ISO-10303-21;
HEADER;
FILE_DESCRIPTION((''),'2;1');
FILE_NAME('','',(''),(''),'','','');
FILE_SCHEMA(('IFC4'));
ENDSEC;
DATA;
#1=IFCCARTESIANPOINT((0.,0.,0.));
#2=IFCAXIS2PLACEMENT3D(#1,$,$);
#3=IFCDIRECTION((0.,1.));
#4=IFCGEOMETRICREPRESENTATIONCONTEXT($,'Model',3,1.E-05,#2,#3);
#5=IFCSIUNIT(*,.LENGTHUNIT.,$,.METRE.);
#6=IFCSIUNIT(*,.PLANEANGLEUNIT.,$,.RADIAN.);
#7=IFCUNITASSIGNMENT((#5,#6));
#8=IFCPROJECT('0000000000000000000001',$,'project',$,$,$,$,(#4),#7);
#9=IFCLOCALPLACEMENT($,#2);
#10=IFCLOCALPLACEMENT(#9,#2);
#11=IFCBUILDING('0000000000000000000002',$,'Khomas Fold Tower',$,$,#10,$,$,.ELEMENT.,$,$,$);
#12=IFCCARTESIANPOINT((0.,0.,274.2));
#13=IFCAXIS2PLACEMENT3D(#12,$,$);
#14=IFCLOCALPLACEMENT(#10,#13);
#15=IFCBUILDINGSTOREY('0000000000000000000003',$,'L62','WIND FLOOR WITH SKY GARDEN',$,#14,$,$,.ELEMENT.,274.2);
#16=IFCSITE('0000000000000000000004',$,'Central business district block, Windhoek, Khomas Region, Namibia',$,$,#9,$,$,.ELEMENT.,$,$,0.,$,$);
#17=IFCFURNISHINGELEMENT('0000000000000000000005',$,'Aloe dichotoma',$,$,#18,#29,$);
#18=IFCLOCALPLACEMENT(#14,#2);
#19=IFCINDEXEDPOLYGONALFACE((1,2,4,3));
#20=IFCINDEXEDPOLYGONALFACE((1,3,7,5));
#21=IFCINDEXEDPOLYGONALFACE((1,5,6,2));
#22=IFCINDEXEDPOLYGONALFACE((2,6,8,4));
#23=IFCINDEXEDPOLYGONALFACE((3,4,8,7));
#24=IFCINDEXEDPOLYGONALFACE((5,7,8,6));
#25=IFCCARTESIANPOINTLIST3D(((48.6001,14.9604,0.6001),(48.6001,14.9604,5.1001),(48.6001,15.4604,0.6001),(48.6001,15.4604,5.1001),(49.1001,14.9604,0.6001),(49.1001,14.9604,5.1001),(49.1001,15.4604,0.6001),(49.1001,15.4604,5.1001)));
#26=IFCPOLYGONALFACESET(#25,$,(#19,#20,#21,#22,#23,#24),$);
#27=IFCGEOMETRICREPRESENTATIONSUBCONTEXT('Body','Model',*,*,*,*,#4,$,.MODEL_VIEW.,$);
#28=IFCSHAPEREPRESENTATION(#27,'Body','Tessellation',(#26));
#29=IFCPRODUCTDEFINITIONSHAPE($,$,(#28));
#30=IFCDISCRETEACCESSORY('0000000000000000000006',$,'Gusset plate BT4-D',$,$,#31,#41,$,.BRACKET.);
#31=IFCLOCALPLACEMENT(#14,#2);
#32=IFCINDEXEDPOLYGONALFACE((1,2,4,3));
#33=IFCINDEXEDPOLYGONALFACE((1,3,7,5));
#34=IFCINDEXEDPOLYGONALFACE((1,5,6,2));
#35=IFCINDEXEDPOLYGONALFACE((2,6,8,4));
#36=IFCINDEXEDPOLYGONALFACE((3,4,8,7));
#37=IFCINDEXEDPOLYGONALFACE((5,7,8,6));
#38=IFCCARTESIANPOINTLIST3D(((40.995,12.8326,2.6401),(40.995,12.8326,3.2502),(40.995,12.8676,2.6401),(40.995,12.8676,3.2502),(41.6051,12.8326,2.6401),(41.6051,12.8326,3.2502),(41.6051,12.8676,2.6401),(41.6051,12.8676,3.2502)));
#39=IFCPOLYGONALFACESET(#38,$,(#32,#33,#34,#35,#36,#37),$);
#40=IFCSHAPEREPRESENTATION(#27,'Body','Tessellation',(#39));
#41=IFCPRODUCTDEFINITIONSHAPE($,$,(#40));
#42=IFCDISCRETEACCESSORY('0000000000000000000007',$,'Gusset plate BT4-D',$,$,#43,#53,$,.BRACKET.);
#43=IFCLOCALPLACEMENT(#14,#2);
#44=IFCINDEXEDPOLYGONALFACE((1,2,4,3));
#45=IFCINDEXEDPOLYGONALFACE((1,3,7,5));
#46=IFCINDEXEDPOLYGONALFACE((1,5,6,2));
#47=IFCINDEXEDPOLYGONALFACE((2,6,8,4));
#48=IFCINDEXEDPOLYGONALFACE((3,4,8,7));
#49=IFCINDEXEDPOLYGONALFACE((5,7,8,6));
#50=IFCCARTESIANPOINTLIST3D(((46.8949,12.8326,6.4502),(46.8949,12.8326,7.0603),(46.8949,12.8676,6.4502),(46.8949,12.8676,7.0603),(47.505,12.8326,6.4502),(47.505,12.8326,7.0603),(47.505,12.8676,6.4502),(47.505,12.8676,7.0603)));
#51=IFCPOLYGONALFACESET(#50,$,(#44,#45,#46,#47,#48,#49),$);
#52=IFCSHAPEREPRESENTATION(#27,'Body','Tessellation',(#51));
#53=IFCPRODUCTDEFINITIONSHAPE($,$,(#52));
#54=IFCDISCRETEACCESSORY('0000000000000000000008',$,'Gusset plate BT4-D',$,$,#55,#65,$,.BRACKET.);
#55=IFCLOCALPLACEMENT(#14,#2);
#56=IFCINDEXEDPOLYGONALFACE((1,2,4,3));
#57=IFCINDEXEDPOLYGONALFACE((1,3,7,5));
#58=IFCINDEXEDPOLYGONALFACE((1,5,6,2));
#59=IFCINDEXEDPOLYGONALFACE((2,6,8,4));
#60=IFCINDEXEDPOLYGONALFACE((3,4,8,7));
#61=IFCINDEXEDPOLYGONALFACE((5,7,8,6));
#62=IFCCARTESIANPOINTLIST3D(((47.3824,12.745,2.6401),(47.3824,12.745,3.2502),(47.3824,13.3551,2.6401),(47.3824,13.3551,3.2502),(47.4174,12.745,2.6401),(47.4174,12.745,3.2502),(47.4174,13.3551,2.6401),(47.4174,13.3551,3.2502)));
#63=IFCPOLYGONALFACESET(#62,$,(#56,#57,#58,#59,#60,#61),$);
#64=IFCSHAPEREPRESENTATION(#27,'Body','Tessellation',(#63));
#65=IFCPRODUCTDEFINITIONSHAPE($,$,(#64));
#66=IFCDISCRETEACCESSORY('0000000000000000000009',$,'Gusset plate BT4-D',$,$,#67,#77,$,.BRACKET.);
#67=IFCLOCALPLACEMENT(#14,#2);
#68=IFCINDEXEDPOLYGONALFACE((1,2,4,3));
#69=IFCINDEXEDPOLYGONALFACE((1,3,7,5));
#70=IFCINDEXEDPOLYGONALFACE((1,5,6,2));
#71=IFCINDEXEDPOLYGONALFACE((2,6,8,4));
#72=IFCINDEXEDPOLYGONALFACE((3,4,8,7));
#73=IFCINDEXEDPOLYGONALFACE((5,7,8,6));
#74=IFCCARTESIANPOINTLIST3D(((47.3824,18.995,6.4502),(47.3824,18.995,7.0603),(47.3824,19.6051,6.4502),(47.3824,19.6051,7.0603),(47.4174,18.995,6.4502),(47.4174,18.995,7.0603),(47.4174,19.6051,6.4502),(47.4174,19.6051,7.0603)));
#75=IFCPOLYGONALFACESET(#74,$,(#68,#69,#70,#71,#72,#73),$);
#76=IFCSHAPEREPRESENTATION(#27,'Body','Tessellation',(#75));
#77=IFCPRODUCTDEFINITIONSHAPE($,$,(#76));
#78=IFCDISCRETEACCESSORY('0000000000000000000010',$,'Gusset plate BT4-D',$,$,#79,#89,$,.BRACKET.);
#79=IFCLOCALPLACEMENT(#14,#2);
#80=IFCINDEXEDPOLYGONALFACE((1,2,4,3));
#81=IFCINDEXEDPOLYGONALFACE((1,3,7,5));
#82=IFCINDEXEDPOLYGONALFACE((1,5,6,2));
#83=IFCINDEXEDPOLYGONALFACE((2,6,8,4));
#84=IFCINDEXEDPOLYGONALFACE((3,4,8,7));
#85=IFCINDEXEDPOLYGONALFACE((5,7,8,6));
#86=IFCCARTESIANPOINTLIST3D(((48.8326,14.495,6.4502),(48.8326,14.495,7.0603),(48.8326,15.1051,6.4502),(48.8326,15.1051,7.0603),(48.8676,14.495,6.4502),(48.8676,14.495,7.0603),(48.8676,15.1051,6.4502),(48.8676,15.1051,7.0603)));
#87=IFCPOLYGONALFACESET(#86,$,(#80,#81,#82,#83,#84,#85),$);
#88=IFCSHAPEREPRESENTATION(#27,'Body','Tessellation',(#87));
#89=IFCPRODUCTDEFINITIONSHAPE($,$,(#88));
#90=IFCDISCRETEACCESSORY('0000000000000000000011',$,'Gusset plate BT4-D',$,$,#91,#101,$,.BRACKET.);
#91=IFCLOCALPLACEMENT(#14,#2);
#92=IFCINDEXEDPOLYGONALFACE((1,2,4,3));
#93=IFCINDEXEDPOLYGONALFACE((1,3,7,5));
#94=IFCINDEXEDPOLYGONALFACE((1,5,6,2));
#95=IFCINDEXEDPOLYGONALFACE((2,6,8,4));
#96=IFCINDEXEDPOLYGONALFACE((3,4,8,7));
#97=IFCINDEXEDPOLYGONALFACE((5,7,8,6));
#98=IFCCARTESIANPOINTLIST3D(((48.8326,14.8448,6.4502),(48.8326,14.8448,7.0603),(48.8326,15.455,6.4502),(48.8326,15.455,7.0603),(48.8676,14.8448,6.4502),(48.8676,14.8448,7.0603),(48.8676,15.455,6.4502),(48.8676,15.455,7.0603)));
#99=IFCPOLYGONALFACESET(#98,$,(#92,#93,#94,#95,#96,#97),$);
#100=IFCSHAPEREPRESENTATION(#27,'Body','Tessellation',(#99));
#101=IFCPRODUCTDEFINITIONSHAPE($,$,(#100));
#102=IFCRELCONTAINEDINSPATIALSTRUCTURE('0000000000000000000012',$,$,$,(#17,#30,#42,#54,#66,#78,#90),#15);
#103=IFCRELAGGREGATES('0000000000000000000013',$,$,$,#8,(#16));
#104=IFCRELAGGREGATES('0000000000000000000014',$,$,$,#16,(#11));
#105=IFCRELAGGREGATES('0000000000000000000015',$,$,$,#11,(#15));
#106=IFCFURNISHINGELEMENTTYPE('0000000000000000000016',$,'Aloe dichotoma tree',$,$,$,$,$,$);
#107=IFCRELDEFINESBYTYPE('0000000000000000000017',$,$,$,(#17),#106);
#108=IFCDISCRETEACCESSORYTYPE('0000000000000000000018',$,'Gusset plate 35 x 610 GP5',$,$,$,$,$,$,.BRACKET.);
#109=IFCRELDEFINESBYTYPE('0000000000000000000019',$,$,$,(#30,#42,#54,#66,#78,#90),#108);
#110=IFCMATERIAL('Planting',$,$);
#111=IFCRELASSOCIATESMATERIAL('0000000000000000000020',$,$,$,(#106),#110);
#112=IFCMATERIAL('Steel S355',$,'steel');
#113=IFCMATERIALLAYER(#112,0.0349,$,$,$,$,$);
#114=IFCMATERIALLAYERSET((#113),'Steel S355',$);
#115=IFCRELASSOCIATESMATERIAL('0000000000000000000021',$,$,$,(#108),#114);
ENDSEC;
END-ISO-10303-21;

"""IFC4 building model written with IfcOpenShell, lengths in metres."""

from ifc_helpers import new_model, si_unit, direction, frame, origin, origin_2d, place, context, subcontext, project, spatial, rectangle, extrude, source, transform, mapped, material, layer, layer_set, type_object, element, save


model = new_model("IFC4")

# Units and contexts
model_context = context("Model", 3, precision=1e-05, world=origin(), true_north=direction((0.0, 1.0)))
body_context = subcontext(model_context, "Body", "Model", "MODEL_VIEW")
ifc_project = project(units=[si_unit("LENGTHUNIT", "METRE"), si_unit("PLANEANGLEUNIT", "RADIAN")], contexts=[model_context])

# Site, building, storey
site_placement = place(None, origin())
site = spatial("IfcSite", under=ifc_project, at=site_placement, Name="Central business district block, Windhoek, Khomas Region, Namibia", CompositionType="ELEMENT", RefElevation=0.0)
building_placement = place(site_placement, origin())
building = spatial("IfcBuilding", under=site, at=building_placement, Name="Khomas Fold Tower", CompositionType="ELEMENT")
storey_placement = place(building_placement, frame((0.0, 0.0, 274.2)))
storey = spatial("IfcBuildingStorey", under=building, at=storey_placement, Name="L62", Description="WIND FLOOR WITH SKY GARDEN", CompositionType="ELEMENT", Elevation=274.2)

# Furnishing element
ifc_material_1 = material(Name="Planting")
furnishing_element_type_1 = type_object("IfcFurnishingElementType", Name="Aloe dichotoma tree", material=ifc_material_1)
shared_shape_1 = source(origin(), body_context, "Body", "SweptSolid", [
    extrude(rectangle(XDim=0.5, YDim=0.5, at=origin_2d()), origin(), (0.0, 0.0, 1.0), 4.5),
])
furnishing_1_placement = place(storey_placement, frame((48.8501, 15.2104, 0.6001), z_axis=(0.0, 0.0, 1.0), x_axis=(1.0, 0.0, 0.0)))
element("IfcFurnishingElement", 1, at=furnishing_1_placement, inside=storey, type_object=furnishing_element_type_1, Name="Aloe dichotoma", context=body_context, shape_type="MappedRepresentation", body=[
    mapped(shared_shape_1, transform((0.0, 0.0, 0.0))),
])

# Discrete accessories
ifc_material_2 = material(Name="Steel S355", Category="steel")
ifc_layer_1 = layer(ifc_material_2, 0.0349)
ifc_layer_set_1 = layer_set([ifc_layer_1], Name="Steel S355")
discrete_accessory_type = type_object("IfcDiscreteAccessoryType", Name="Gusset plate 35 x 610 GP5", PredefinedType="BRACKET", material=ifc_layer_set_1)
shared_shape_2 = source(origin(), body_context, "Body", "SweptSolid", [
    extrude(rectangle(XDim=0.6101, YDim=0.0349, at=origin_2d()), origin(), (0.0, 0.0, 1.0), 0.6101),
])
for number, where, z_axis, x_axis, name in (
    (2, (41.3, 12.8501, 2.6401), (0.0, 0.0, 1.0), (1.0, 0.0, 0.0), "Gusset plate BT4-D"),
    (3, (47.2, 12.8501, 6.4502), (0.0, 0.0, 1.0), (1.0, 0.0, 0.0), "Gusset plate BT4-D"),
    (4, (47.3999, 13.05, 2.6401), (0.0, 0.0, 1.0), (0.0, 1.0, 0.0), "Gusset plate BT4-D"),
    (5, (47.3999, 19.3, 6.4502), (0.0, 0.0, 1.0), (0.0, 1.0, 0.0), "Gusset plate BT4-D"),
    (6, (48.8501, 14.8, 6.4502), (0.0, 0.0, 1.0), (0.0, 1.0, 0.0), "Gusset plate BT4-D"),
    (7, (48.8501, 15.1499, 6.4502), (0.0, 0.0, 1.0), (0.0, 1.0, 0.0), "Gusset plate BT4-D"),
):
    element("IfcDiscreteAccessory", number, at=place(storey_placement, frame(where, z_axis=z_axis, x_axis=x_axis)), inside=storey, type_object=discrete_accessory_type, Name=name, PredefinedType="BRACKET", context=body_context, shape_type="MappedRepresentation", body=[
        mapped(shared_shape_2, transform((0.0, 0.0, 0.0))),
    ])

save(model, "model.ifc")
